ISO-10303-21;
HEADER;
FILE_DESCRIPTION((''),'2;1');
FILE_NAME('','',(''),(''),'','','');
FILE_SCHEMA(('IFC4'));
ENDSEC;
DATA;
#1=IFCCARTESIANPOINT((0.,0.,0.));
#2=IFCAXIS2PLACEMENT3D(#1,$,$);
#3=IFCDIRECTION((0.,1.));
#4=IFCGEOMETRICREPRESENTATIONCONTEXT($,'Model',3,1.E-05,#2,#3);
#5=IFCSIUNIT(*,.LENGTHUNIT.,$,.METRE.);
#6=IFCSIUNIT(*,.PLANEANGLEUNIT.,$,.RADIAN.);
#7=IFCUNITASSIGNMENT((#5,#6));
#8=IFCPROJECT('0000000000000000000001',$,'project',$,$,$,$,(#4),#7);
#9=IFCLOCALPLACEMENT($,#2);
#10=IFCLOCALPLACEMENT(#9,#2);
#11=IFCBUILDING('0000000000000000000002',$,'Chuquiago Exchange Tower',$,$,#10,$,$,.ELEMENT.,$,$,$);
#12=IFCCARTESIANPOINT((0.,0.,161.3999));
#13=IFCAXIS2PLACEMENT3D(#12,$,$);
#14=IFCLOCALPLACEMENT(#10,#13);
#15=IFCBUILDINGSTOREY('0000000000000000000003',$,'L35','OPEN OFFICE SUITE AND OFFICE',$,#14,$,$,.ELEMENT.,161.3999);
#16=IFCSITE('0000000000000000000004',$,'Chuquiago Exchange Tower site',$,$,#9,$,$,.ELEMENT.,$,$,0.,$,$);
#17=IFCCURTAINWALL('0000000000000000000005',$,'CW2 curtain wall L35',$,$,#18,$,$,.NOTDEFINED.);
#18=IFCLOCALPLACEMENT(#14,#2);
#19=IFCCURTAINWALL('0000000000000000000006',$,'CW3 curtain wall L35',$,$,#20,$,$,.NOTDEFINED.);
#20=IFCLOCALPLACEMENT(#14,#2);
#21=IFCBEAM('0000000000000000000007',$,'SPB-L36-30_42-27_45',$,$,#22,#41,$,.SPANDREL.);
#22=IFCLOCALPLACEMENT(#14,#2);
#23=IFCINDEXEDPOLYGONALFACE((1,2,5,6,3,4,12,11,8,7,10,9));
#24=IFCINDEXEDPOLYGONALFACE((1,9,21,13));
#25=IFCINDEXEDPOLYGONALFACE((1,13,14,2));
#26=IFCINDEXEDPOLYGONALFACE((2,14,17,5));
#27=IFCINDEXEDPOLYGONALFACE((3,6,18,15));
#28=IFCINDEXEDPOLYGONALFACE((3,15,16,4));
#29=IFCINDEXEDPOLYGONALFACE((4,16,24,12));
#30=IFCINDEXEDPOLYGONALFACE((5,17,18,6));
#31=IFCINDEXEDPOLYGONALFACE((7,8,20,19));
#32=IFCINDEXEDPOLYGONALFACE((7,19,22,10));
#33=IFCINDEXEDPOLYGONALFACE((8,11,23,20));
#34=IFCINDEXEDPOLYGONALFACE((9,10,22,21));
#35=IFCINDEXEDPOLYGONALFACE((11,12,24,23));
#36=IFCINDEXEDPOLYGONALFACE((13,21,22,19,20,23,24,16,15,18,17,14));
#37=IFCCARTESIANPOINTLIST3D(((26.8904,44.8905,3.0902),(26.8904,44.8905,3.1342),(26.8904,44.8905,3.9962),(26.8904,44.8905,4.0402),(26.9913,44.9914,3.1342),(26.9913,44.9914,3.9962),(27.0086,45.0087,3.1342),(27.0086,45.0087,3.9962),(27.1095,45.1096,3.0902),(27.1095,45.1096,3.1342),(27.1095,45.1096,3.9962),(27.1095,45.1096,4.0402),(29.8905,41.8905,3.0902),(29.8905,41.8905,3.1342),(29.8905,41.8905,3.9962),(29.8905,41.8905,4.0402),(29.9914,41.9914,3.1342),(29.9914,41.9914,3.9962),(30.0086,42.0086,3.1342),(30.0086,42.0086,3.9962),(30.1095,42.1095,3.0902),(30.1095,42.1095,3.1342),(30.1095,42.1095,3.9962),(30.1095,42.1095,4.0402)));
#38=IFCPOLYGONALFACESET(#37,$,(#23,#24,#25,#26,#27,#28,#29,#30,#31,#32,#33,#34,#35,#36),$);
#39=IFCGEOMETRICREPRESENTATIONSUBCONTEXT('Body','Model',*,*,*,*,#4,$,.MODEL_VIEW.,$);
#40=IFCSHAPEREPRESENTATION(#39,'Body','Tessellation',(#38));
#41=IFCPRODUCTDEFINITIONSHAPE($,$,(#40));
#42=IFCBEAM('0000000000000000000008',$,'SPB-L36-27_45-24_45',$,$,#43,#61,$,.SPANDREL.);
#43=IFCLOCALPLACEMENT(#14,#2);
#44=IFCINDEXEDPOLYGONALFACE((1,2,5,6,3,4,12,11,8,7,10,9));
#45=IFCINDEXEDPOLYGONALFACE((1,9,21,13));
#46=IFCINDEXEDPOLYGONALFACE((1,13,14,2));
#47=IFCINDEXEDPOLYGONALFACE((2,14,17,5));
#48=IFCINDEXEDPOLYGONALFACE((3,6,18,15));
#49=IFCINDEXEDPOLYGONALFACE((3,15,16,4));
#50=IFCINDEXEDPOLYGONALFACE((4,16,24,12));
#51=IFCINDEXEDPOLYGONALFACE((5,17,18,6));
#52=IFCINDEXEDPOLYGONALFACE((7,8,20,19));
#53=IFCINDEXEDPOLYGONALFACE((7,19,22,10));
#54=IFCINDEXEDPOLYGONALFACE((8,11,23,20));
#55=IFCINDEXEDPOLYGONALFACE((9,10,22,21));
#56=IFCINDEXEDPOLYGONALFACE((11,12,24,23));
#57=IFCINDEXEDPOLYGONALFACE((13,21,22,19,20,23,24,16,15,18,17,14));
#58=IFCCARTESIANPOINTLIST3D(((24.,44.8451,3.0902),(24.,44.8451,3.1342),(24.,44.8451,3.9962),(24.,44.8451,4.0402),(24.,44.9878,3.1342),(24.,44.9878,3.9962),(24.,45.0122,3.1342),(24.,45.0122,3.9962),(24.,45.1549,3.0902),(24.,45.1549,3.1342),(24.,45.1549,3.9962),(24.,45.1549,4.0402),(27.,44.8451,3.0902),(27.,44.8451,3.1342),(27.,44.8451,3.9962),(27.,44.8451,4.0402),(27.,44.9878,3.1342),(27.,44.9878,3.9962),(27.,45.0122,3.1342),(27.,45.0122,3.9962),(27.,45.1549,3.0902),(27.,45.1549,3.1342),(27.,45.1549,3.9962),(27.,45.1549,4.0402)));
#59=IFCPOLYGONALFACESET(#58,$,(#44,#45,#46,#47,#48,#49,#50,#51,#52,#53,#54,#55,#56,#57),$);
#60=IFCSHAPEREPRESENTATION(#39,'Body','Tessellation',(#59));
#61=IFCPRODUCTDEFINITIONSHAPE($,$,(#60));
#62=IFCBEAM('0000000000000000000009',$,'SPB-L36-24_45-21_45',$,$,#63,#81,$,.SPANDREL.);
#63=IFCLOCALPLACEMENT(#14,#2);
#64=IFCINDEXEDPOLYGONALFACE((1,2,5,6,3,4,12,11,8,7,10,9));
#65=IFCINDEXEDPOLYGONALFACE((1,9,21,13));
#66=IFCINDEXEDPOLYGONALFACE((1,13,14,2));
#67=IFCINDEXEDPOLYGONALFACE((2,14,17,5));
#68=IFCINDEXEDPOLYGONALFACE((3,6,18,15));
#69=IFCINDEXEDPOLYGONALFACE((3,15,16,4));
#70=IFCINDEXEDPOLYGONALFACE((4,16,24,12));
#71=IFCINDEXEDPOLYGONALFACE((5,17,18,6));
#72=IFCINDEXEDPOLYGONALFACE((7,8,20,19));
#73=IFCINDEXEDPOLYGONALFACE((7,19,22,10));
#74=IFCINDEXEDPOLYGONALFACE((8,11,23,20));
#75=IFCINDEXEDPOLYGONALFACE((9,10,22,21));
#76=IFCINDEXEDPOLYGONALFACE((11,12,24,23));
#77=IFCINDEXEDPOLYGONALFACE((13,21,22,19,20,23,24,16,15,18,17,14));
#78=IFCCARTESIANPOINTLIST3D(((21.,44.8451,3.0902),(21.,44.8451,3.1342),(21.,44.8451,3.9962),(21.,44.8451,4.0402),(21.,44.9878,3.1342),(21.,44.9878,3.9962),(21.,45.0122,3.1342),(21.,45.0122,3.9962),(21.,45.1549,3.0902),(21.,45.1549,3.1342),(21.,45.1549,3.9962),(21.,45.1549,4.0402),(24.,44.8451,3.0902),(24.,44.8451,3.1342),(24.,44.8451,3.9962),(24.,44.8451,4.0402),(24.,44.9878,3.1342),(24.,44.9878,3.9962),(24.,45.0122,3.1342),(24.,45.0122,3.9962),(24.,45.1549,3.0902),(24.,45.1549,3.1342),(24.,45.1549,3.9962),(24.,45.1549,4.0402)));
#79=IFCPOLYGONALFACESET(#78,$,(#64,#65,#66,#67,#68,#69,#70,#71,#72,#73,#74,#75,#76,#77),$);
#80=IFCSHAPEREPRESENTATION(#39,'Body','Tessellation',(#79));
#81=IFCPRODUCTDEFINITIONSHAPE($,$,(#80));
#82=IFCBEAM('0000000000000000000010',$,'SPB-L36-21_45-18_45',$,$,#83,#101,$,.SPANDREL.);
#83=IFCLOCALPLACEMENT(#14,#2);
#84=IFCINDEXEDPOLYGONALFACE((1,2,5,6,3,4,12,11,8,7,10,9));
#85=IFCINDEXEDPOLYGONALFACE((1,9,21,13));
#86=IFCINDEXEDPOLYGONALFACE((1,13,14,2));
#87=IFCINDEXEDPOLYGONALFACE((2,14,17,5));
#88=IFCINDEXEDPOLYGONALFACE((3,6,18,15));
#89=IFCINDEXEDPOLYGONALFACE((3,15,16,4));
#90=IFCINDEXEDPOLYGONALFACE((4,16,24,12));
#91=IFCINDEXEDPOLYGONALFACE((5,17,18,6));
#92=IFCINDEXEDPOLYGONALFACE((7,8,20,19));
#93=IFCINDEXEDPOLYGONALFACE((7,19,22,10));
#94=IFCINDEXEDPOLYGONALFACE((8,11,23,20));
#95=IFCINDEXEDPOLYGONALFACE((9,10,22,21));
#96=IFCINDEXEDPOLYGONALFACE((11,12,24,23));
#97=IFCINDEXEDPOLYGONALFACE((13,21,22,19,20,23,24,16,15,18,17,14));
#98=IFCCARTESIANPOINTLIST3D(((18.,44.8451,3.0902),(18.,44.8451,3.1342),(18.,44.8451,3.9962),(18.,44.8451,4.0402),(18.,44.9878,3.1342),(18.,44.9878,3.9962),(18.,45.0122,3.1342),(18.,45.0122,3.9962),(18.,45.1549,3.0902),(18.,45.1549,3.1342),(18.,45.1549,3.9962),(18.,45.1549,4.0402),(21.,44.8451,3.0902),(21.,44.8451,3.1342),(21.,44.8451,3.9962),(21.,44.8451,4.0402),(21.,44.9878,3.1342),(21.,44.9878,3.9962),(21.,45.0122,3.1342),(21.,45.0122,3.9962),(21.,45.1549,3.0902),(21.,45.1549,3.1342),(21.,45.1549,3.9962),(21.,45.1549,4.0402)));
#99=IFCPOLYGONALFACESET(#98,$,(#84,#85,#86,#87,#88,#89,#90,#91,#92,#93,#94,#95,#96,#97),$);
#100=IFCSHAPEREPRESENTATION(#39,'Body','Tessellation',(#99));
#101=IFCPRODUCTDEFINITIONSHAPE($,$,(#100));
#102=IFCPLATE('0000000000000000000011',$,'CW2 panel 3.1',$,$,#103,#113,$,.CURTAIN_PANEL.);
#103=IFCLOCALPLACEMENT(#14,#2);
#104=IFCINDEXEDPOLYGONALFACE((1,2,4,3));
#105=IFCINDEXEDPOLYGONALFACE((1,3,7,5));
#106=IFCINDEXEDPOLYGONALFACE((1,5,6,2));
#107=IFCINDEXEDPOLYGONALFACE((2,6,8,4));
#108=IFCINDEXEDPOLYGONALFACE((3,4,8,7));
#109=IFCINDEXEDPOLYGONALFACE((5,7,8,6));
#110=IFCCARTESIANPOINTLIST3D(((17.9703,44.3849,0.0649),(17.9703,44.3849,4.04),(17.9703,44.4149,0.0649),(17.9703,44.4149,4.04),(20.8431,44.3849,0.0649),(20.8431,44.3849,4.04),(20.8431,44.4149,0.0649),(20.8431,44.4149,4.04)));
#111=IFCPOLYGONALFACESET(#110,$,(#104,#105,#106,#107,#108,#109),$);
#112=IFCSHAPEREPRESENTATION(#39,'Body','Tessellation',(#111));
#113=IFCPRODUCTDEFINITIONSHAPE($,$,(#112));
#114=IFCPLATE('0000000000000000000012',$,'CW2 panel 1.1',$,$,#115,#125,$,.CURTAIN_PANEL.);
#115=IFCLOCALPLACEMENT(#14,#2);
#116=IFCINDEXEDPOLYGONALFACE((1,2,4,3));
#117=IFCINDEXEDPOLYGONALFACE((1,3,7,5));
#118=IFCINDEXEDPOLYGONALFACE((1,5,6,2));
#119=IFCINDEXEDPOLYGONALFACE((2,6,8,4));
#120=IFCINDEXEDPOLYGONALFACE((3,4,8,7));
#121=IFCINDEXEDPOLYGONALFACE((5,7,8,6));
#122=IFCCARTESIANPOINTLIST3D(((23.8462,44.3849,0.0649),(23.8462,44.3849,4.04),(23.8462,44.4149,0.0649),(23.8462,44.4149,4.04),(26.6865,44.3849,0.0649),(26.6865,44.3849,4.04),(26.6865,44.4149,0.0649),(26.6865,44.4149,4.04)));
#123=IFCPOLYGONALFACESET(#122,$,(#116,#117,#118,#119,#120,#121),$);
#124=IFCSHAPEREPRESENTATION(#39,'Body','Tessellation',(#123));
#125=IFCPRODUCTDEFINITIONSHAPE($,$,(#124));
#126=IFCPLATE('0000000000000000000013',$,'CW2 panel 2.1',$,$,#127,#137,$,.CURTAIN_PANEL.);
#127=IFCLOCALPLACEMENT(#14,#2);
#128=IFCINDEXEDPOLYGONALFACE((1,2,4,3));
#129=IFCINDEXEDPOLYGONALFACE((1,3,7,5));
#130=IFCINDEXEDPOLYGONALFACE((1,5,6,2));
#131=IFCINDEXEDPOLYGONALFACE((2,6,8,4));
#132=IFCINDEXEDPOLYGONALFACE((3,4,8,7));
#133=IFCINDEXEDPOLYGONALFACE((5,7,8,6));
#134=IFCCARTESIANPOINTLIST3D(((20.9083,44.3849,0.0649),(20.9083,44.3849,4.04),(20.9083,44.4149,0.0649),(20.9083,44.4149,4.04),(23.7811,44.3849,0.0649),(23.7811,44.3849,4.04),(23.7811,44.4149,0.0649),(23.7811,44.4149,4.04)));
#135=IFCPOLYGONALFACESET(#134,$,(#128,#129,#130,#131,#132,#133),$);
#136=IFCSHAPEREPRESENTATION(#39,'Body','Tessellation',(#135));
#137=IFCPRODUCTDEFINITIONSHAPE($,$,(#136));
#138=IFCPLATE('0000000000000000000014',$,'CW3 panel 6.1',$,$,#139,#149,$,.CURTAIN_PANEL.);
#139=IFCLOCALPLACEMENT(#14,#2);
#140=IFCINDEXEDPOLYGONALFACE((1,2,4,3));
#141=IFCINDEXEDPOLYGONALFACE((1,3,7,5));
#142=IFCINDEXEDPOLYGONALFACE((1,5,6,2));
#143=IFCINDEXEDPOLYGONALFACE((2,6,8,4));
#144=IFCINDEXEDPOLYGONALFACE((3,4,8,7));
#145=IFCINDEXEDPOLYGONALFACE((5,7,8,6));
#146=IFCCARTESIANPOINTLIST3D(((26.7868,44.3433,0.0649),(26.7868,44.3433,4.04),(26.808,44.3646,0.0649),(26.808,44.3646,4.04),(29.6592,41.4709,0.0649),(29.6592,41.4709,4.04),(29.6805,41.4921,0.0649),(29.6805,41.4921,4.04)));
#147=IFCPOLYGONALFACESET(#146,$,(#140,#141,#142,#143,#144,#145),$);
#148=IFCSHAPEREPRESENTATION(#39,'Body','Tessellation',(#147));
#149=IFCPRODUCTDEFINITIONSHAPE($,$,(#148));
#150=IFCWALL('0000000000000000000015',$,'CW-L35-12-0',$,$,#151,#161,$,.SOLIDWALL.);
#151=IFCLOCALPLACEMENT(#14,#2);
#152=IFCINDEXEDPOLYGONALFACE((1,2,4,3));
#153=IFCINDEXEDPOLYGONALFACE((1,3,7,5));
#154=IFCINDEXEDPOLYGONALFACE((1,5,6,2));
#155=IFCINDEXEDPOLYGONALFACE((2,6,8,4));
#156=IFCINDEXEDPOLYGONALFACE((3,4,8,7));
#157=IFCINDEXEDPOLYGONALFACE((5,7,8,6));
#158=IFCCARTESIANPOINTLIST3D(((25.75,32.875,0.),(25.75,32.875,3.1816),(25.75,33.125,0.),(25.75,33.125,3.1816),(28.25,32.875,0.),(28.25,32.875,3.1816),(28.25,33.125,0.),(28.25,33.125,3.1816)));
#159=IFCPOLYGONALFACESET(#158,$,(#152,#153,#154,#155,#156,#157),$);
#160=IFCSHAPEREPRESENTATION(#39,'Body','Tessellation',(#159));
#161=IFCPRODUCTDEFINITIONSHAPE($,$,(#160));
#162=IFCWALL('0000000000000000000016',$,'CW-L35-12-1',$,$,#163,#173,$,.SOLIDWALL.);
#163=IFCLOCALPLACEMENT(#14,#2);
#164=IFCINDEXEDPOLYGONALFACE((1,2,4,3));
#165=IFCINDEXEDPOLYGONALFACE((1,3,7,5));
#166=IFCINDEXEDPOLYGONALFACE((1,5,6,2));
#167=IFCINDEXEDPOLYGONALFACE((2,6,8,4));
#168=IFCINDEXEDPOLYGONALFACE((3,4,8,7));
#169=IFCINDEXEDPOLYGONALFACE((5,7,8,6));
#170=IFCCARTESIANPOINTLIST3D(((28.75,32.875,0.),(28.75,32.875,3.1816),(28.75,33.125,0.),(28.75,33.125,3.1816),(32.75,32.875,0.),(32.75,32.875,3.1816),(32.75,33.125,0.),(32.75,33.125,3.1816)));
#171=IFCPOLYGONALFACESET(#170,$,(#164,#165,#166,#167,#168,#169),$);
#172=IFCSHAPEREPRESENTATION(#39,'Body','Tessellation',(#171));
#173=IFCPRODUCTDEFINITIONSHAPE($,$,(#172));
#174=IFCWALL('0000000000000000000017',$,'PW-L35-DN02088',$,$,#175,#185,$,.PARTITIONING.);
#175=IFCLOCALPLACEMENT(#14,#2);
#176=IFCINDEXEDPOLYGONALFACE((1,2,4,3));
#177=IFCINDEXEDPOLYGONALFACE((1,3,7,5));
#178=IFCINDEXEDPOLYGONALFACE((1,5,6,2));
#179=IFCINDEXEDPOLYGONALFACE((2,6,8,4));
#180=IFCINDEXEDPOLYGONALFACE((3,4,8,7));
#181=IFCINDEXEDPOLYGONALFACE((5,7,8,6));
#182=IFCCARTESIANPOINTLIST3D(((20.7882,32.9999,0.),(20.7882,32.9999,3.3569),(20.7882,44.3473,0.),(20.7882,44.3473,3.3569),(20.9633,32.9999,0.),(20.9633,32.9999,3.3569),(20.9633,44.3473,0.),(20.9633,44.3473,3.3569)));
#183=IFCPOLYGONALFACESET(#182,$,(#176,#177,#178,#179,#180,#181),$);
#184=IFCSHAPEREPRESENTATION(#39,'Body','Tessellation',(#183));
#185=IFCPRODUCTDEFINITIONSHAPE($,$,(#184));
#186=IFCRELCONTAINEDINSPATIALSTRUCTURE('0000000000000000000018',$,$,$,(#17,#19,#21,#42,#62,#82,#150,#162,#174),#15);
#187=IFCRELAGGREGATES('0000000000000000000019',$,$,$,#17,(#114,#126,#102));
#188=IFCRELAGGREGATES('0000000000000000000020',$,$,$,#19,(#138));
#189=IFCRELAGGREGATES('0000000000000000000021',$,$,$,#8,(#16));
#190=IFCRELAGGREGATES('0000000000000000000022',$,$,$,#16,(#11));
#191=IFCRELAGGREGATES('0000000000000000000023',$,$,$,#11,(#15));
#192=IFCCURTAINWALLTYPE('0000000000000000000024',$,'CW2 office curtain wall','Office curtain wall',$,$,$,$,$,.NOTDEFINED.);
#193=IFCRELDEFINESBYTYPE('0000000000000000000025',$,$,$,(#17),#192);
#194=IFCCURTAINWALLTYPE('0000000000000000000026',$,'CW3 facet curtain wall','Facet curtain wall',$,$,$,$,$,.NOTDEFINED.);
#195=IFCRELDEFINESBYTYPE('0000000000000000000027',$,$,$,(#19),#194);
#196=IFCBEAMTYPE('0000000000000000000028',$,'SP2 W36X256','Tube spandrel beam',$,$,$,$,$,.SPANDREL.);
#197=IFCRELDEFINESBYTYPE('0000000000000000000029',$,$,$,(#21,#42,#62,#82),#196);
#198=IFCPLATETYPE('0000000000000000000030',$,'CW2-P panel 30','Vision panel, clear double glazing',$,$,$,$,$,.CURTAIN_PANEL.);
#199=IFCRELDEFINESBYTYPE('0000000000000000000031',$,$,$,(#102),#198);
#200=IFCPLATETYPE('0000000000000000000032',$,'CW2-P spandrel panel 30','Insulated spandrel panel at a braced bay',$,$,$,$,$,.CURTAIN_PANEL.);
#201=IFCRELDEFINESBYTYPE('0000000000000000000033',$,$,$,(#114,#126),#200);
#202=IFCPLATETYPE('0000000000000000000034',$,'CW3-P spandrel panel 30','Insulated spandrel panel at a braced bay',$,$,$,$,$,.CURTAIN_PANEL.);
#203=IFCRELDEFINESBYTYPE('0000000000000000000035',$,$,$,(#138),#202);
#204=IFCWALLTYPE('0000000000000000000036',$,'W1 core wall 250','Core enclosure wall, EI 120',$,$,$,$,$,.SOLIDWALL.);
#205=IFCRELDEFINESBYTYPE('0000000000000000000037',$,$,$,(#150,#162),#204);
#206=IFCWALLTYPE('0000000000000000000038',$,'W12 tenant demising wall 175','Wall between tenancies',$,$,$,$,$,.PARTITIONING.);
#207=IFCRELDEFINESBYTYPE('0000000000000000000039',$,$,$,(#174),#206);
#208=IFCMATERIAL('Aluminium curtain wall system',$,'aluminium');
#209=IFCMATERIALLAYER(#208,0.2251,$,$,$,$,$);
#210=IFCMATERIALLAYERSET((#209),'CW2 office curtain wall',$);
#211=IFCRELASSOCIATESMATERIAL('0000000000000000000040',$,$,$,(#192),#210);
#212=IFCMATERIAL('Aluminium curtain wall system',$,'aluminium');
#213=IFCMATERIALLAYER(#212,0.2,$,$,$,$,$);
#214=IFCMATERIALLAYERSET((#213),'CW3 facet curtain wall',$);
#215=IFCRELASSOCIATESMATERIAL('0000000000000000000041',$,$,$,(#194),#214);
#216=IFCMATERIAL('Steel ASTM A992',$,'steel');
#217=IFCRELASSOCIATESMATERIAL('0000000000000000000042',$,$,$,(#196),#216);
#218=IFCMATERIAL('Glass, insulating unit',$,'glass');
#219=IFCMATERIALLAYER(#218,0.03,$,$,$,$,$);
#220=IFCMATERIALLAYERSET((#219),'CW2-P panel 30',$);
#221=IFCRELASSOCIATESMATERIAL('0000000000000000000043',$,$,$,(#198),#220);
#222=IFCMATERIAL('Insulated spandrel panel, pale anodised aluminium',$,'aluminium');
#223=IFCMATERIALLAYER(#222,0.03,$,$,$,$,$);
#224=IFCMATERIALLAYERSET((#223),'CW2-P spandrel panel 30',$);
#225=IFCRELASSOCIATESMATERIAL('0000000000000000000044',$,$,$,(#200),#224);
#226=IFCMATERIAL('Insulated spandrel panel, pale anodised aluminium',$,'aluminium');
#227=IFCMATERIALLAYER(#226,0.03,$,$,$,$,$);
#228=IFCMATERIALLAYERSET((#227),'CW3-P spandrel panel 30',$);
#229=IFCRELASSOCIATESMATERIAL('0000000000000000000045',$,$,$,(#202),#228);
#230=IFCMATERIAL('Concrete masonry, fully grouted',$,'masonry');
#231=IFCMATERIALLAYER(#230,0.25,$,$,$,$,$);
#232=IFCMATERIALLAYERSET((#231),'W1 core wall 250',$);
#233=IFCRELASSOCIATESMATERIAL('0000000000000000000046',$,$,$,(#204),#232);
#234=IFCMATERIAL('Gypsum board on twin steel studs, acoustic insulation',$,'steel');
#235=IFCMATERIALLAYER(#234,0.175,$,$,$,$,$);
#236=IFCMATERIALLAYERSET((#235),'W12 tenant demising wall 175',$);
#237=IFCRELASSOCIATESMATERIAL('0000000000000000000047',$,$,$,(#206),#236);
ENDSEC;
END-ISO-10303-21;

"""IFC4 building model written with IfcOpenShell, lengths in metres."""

from ifc_helpers import new_model, si_unit, direction, frame, frame_2d, origin, origin_2d, place, context, subcontext, project, spatial, rectangle, i_section, extrude, material, layer, layer_set, material_profile, profile_set, type_object, element, aggregate, save


model = new_model("IFC4")

# Units and contexts
model_context = context("Model", 3, precision=1e-05, world=origin(), true_north=direction((0.0, 1.0)))
body_context = subcontext(model_context, "Body", "Model", "MODEL_VIEW")
ifc_project = project(units=[si_unit("LENGTHUNIT", "METRE"), si_unit("PLANEANGLEUNIT", "RADIAN")], contexts=[model_context])

# Site, building, storey
site_placement = place(None, origin())
site = spatial("IfcSite", under=ifc_project, at=site_placement, Name="Chuquiago Exchange Tower site", CompositionType="ELEMENT", RefElevation=0.0)
building_placement = place(site_placement, origin())
building = spatial("IfcBuilding", under=site, at=building_placement, Name="Chuquiago Exchange Tower", CompositionType="ELEMENT")
storey_placement = place(building_placement, frame((0.0, 0.0, 161.3999)))
storey = spatial("IfcBuildingStorey", under=building, at=storey_placement, Name="L35", Description="OPEN OFFICE SUITE AND OFFICE", CompositionType="ELEMENT", Elevation=161.3999)

# Curtain walls
ifc_material_1 = material(Name="Aluminium curtain wall system", Category="aluminium")
ifc_layer_1 = layer(ifc_material_1, 0.2251)
ifc_layer_set_1 = layer_set([ifc_layer_1], Name="CW2 office curtain wall")
curtain_wall_type_1 = type_object("IfcCurtainWallType", Name="CW2 office curtain wall", Description="Office curtain wall", PredefinedType="NOTDEFINED", material=ifc_layer_set_1)
curtain_wall_1_placement = place(storey_placement, origin())
curtain_wall_1 = element("IfcCurtainWall", 1, at=curtain_wall_1_placement, inside=storey, type_object=curtain_wall_type_1, Name="CW2 curtain wall L35", PredefinedType="NOTDEFINED")
ifc_material_2 = material(Name="Aluminium curtain wall system", Category="aluminium")
ifc_layer_2 = layer(ifc_material_2, 0.2)
ifc_layer_set_2 = layer_set([ifc_layer_2], Name="CW3 facet curtain wall")
curtain_wall_type_2 = type_object("IfcCurtainWallType", Name="CW3 facet curtain wall", Description="Facet curtain wall", PredefinedType="NOTDEFINED", material=ifc_layer_set_2)
curtain_wall_2_placement = place(storey_placement, origin())
curtain_wall_2 = element("IfcCurtainWall", 2, at=curtain_wall_2_placement, inside=storey, type_object=curtain_wall_type_2, Name="CW3 curtain wall L35", PredefinedType="NOTDEFINED")

# Beams
ifc_material_3 = material(Name="Steel ASTM A992", Category="steel")
ifc_material_profile_1 = material_profile(ifc_material_3, i_section(OverallWidth=0.3098, OverallDepth=0.95, WebThickness=0.0244, FlangeThickness=0.0439, at=origin_2d()), Name="W36X256")
ifc_profile_set_1 = profile_set([ifc_material_profile_1], Name="Steel ASTM A992")
beam_type_1 = type_object("IfcBeamType", Name="SP2 W36X256", Description="Tube spandrel beam", PredefinedType="SPANDREL", material=ifc_profile_set_1)
beam_1_placement = place(storey_placement, frame((30.0, 42.0, 3.5652), z_axis=(-0.707107, 0.707107, 0.0), x_axis=(-0.707107, -0.707107, 0.0)))
element("IfcBeam", 3, at=beam_1_placement, inside=storey, type_object=beam_type_1, Name="SPB-L36-30_42-27_45", PredefinedType="SPANDREL", context=body_context, shape_type="SweptSolid", body=[
    extrude(i_section(OverallWidth=0.3098, OverallDepth=0.95, WebThickness=0.0244, FlangeThickness=0.0439, at=origin_2d()), origin(), (0.0, 0.0, 1.0), 4.2427),
])
for number, where, z_axis, x_axis, name in (
    (4, (27.0, 45.0, 3.5652), (-1.0, 0.0, 0.0), (0.0, -1.0, 0.0), "SPB-L36-27_45-24_45"),
    (5, (24.0, 45.0, 3.5652), (-1.0, 0.0, 0.0), (0.0, -1.0, 0.0), "SPB-L36-24_45-21_45"),
    (6, (21.0, 45.0, 3.5652), (-1.0, 0.0, 0.0), (0.0, -1.0, 0.0), "SPB-L36-21_45-18_45"),
):
    element("IfcBeam", number, at=place(storey_placement, frame(where, z_axis=z_axis, x_axis=x_axis)), inside=storey, type_object=beam_type_1, Name=name, PredefinedType="SPANDREL", context=body_context, shape_type="SweptSolid", body=[
        extrude(i_section(OverallWidth=0.3098, OverallDepth=0.95, WebThickness=0.0244, FlangeThickness=0.0439, at=origin_2d()), origin(), (0.0, 0.0, 1.0), 3.0),
    ])

# Plates
ifc_material_4 = material(Name="Glass, insulating unit", Category="glass")
ifc_layer_3 = layer(ifc_material_4, 0.03)
ifc_layer_set_3 = layer_set([ifc_layer_3], Name="CW2-P panel 30")
plate_type_1 = type_object("IfcPlateType", Name="CW2-P panel 30", Description="Vision panel, clear double glazing", PredefinedType="CURTAIN_PANEL", material=ifc_layer_set_3)
plate_1_placement = place(storey_placement, frame((19.4067, 44.3999, 0.0649), z_axis=(0.0, 0.0, 1.0), x_axis=(-1.0, 0.0, 0.0)))
plate_1 = element("IfcPlate", 7, at=plate_1_placement, type_object=plate_type_1, Name="CW2 panel 3.1", PredefinedType="CURTAIN_PANEL", context=body_context, shape_type="SweptSolid", body=[
    extrude(rectangle(XDim=2.8728, YDim=0.03, at=origin_2d()), origin(), (0.0, 0.0, 1.0), 3.9751),
])
ifc_material_5 = material(Name="Insulated spandrel panel, pale anodised aluminium", Category="aluminium")
ifc_layer_4 = layer(ifc_material_5, 0.03)
ifc_layer_set_4 = layer_set([ifc_layer_4], Name="CW2-P spandrel panel 30")
plate_type_2 = type_object("IfcPlateType", Name="CW2-P spandrel panel 30", Description="Insulated spandrel panel at a braced bay", PredefinedType="CURTAIN_PANEL", material=ifc_layer_set_4)
plate_2_placement = place(storey_placement, frame((25.2664, 44.3999, 0.0649), z_axis=(0.0, 0.0, 1.0), x_axis=(-1.0, 0.0, 0.0)))
plate_2 = element("IfcPlate", 8, at=plate_2_placement, type_object=plate_type_2, Name="CW2 panel 1.1", PredefinedType="CURTAIN_PANEL", context=body_context, shape_type="SweptSolid", body=[
    extrude(rectangle(XDim=2.8403, YDim=0.03, at=origin_2d()), origin(), (0.0, 0.0, 1.0), 3.9751),
])
plate_3_placement = place(storey_placement, frame((22.3447, 44.3999, 0.0649), z_axis=(0.0, 0.0, 1.0), x_axis=(-1.0, 0.0, 0.0)))
plate_3 = element("IfcPlate", 9, at=plate_3_placement, type_object=plate_type_2, Name="CW2 panel 2.1", PredefinedType="CURTAIN_PANEL", context=body_context, shape_type="SweptSolid", body=[
    extrude(rectangle(XDim=2.8728, YDim=0.03, at=origin_2d()), origin(), (0.0, 0.0, 1.0), 3.9751),
])
aggregate(curtain_wall_1, [plate_2, plate_3, plate_1])
ifc_material_6 = material(Name="Insulated spandrel panel, pale anodised aluminium", Category="aluminium")
ifc_layer_5 = layer(ifc_material_6, 0.03)
ifc_layer_set_5 = layer_set([ifc_layer_5], Name="CW3-P spandrel panel 30")
plate_type_3 = type_object("IfcPlateType", Name="CW3-P spandrel panel 30", Description="Insulated spandrel panel at a braced bay", PredefinedType="CURTAIN_PANEL", material=ifc_layer_set_5)
plate_4_placement = place(storey_placement, frame((28.2336, 42.9177, 0.0649), z_axis=(0.0, 0.0, 1.0), x_axis=(-0.707107, 0.707107, 0.0)))
plate_4 = element("IfcPlate", 10, at=plate_4_placement, type_object=plate_type_3, Name="CW3 panel 6.1", PredefinedType="CURTAIN_PANEL", context=body_context, shape_type="SweptSolid", body=[
    extrude(rectangle(XDim=4.0623, YDim=0.03, at=origin_2d()), origin(), (0.0, 0.0, 1.0), 3.9751),
])
aggregate(curtain_wall_2, [plate_4])

# Walls
ifc_material_7 = material(Name="Concrete masonry, fully grouted", Category="masonry")
ifc_layer_6 = layer(ifc_material_7, 0.25)
ifc_layer_set_6 = layer_set([ifc_layer_6], Name="W1 core wall 250")
wall_type_1 = type_object("IfcWallType", Name="W1 core wall 250", Description="Core enclosure wall, EI 120", PredefinedType="SOLIDWALL", material=ifc_layer_set_6)
wall_1_placement = place(storey_placement, frame((25.75, 33.0, 0.0), z_axis=(0.0, 0.0, 1.0), x_axis=(1.0, 0.0, 0.0)))
element("IfcWall", 11, at=wall_1_placement, inside=storey, type_object=wall_type_1, Name="CW-L35-12-0", PredefinedType="SOLIDWALL", context=body_context, shape_type="SweptSolid", body=[
    extrude(rectangle(XDim=2.5, YDim=0.25, at=frame_2d((1.25, 0.0))), origin(), (0.0, 0.0, 1.0), 3.1816),
])
wall_2_placement = place(storey_placement, frame((28.75, 33.0, 0.0), z_axis=(0.0, 0.0, 1.0), x_axis=(1.0, 0.0, 0.0)))
element("IfcWall", 12, at=wall_2_placement, inside=storey, type_object=wall_type_1, Name="CW-L35-12-1", PredefinedType="SOLIDWALL", context=body_context, shape_type="SweptSolid", body=[
    extrude(rectangle(XDim=4.0, YDim=0.25, at=frame_2d((2.0, 0.0))), origin(), (0.0, 0.0, 1.0), 3.1816),
])
ifc_material_8 = material(Name="Gypsum board on twin steel studs, acoustic insulation", Category="steel")
ifc_layer_7 = layer(ifc_material_8, 0.175)
ifc_layer_set_7 = layer_set([ifc_layer_7], Name="W12 tenant demising wall 175")
wall_type_2 = type_object("IfcWallType", Name="W12 tenant demising wall 175", Description="Wall between tenancies", PredefinedType="PARTITIONING", material=ifc_layer_set_7)
wall_3_placement = place(storey_placement, frame((20.8757, 44.3474, 0.0), z_axis=(0.0, 0.0, 1.0), x_axis=(0.0, -1.0, 0.0)))
element("IfcWall", 13, at=wall_3_placement, inside=storey, type_object=wall_type_2, Name="PW-L35-DN02088", PredefinedType="PARTITIONING", context=body_context, shape_type="SweptSolid", body=[
    extrude(rectangle(XDim=11.3474, YDim=0.175, at=frame_2d((5.6738, 0.0))), origin(), (0.0, 0.0, 1.0), 3.3569),
])

save(model, "model.ifc")
